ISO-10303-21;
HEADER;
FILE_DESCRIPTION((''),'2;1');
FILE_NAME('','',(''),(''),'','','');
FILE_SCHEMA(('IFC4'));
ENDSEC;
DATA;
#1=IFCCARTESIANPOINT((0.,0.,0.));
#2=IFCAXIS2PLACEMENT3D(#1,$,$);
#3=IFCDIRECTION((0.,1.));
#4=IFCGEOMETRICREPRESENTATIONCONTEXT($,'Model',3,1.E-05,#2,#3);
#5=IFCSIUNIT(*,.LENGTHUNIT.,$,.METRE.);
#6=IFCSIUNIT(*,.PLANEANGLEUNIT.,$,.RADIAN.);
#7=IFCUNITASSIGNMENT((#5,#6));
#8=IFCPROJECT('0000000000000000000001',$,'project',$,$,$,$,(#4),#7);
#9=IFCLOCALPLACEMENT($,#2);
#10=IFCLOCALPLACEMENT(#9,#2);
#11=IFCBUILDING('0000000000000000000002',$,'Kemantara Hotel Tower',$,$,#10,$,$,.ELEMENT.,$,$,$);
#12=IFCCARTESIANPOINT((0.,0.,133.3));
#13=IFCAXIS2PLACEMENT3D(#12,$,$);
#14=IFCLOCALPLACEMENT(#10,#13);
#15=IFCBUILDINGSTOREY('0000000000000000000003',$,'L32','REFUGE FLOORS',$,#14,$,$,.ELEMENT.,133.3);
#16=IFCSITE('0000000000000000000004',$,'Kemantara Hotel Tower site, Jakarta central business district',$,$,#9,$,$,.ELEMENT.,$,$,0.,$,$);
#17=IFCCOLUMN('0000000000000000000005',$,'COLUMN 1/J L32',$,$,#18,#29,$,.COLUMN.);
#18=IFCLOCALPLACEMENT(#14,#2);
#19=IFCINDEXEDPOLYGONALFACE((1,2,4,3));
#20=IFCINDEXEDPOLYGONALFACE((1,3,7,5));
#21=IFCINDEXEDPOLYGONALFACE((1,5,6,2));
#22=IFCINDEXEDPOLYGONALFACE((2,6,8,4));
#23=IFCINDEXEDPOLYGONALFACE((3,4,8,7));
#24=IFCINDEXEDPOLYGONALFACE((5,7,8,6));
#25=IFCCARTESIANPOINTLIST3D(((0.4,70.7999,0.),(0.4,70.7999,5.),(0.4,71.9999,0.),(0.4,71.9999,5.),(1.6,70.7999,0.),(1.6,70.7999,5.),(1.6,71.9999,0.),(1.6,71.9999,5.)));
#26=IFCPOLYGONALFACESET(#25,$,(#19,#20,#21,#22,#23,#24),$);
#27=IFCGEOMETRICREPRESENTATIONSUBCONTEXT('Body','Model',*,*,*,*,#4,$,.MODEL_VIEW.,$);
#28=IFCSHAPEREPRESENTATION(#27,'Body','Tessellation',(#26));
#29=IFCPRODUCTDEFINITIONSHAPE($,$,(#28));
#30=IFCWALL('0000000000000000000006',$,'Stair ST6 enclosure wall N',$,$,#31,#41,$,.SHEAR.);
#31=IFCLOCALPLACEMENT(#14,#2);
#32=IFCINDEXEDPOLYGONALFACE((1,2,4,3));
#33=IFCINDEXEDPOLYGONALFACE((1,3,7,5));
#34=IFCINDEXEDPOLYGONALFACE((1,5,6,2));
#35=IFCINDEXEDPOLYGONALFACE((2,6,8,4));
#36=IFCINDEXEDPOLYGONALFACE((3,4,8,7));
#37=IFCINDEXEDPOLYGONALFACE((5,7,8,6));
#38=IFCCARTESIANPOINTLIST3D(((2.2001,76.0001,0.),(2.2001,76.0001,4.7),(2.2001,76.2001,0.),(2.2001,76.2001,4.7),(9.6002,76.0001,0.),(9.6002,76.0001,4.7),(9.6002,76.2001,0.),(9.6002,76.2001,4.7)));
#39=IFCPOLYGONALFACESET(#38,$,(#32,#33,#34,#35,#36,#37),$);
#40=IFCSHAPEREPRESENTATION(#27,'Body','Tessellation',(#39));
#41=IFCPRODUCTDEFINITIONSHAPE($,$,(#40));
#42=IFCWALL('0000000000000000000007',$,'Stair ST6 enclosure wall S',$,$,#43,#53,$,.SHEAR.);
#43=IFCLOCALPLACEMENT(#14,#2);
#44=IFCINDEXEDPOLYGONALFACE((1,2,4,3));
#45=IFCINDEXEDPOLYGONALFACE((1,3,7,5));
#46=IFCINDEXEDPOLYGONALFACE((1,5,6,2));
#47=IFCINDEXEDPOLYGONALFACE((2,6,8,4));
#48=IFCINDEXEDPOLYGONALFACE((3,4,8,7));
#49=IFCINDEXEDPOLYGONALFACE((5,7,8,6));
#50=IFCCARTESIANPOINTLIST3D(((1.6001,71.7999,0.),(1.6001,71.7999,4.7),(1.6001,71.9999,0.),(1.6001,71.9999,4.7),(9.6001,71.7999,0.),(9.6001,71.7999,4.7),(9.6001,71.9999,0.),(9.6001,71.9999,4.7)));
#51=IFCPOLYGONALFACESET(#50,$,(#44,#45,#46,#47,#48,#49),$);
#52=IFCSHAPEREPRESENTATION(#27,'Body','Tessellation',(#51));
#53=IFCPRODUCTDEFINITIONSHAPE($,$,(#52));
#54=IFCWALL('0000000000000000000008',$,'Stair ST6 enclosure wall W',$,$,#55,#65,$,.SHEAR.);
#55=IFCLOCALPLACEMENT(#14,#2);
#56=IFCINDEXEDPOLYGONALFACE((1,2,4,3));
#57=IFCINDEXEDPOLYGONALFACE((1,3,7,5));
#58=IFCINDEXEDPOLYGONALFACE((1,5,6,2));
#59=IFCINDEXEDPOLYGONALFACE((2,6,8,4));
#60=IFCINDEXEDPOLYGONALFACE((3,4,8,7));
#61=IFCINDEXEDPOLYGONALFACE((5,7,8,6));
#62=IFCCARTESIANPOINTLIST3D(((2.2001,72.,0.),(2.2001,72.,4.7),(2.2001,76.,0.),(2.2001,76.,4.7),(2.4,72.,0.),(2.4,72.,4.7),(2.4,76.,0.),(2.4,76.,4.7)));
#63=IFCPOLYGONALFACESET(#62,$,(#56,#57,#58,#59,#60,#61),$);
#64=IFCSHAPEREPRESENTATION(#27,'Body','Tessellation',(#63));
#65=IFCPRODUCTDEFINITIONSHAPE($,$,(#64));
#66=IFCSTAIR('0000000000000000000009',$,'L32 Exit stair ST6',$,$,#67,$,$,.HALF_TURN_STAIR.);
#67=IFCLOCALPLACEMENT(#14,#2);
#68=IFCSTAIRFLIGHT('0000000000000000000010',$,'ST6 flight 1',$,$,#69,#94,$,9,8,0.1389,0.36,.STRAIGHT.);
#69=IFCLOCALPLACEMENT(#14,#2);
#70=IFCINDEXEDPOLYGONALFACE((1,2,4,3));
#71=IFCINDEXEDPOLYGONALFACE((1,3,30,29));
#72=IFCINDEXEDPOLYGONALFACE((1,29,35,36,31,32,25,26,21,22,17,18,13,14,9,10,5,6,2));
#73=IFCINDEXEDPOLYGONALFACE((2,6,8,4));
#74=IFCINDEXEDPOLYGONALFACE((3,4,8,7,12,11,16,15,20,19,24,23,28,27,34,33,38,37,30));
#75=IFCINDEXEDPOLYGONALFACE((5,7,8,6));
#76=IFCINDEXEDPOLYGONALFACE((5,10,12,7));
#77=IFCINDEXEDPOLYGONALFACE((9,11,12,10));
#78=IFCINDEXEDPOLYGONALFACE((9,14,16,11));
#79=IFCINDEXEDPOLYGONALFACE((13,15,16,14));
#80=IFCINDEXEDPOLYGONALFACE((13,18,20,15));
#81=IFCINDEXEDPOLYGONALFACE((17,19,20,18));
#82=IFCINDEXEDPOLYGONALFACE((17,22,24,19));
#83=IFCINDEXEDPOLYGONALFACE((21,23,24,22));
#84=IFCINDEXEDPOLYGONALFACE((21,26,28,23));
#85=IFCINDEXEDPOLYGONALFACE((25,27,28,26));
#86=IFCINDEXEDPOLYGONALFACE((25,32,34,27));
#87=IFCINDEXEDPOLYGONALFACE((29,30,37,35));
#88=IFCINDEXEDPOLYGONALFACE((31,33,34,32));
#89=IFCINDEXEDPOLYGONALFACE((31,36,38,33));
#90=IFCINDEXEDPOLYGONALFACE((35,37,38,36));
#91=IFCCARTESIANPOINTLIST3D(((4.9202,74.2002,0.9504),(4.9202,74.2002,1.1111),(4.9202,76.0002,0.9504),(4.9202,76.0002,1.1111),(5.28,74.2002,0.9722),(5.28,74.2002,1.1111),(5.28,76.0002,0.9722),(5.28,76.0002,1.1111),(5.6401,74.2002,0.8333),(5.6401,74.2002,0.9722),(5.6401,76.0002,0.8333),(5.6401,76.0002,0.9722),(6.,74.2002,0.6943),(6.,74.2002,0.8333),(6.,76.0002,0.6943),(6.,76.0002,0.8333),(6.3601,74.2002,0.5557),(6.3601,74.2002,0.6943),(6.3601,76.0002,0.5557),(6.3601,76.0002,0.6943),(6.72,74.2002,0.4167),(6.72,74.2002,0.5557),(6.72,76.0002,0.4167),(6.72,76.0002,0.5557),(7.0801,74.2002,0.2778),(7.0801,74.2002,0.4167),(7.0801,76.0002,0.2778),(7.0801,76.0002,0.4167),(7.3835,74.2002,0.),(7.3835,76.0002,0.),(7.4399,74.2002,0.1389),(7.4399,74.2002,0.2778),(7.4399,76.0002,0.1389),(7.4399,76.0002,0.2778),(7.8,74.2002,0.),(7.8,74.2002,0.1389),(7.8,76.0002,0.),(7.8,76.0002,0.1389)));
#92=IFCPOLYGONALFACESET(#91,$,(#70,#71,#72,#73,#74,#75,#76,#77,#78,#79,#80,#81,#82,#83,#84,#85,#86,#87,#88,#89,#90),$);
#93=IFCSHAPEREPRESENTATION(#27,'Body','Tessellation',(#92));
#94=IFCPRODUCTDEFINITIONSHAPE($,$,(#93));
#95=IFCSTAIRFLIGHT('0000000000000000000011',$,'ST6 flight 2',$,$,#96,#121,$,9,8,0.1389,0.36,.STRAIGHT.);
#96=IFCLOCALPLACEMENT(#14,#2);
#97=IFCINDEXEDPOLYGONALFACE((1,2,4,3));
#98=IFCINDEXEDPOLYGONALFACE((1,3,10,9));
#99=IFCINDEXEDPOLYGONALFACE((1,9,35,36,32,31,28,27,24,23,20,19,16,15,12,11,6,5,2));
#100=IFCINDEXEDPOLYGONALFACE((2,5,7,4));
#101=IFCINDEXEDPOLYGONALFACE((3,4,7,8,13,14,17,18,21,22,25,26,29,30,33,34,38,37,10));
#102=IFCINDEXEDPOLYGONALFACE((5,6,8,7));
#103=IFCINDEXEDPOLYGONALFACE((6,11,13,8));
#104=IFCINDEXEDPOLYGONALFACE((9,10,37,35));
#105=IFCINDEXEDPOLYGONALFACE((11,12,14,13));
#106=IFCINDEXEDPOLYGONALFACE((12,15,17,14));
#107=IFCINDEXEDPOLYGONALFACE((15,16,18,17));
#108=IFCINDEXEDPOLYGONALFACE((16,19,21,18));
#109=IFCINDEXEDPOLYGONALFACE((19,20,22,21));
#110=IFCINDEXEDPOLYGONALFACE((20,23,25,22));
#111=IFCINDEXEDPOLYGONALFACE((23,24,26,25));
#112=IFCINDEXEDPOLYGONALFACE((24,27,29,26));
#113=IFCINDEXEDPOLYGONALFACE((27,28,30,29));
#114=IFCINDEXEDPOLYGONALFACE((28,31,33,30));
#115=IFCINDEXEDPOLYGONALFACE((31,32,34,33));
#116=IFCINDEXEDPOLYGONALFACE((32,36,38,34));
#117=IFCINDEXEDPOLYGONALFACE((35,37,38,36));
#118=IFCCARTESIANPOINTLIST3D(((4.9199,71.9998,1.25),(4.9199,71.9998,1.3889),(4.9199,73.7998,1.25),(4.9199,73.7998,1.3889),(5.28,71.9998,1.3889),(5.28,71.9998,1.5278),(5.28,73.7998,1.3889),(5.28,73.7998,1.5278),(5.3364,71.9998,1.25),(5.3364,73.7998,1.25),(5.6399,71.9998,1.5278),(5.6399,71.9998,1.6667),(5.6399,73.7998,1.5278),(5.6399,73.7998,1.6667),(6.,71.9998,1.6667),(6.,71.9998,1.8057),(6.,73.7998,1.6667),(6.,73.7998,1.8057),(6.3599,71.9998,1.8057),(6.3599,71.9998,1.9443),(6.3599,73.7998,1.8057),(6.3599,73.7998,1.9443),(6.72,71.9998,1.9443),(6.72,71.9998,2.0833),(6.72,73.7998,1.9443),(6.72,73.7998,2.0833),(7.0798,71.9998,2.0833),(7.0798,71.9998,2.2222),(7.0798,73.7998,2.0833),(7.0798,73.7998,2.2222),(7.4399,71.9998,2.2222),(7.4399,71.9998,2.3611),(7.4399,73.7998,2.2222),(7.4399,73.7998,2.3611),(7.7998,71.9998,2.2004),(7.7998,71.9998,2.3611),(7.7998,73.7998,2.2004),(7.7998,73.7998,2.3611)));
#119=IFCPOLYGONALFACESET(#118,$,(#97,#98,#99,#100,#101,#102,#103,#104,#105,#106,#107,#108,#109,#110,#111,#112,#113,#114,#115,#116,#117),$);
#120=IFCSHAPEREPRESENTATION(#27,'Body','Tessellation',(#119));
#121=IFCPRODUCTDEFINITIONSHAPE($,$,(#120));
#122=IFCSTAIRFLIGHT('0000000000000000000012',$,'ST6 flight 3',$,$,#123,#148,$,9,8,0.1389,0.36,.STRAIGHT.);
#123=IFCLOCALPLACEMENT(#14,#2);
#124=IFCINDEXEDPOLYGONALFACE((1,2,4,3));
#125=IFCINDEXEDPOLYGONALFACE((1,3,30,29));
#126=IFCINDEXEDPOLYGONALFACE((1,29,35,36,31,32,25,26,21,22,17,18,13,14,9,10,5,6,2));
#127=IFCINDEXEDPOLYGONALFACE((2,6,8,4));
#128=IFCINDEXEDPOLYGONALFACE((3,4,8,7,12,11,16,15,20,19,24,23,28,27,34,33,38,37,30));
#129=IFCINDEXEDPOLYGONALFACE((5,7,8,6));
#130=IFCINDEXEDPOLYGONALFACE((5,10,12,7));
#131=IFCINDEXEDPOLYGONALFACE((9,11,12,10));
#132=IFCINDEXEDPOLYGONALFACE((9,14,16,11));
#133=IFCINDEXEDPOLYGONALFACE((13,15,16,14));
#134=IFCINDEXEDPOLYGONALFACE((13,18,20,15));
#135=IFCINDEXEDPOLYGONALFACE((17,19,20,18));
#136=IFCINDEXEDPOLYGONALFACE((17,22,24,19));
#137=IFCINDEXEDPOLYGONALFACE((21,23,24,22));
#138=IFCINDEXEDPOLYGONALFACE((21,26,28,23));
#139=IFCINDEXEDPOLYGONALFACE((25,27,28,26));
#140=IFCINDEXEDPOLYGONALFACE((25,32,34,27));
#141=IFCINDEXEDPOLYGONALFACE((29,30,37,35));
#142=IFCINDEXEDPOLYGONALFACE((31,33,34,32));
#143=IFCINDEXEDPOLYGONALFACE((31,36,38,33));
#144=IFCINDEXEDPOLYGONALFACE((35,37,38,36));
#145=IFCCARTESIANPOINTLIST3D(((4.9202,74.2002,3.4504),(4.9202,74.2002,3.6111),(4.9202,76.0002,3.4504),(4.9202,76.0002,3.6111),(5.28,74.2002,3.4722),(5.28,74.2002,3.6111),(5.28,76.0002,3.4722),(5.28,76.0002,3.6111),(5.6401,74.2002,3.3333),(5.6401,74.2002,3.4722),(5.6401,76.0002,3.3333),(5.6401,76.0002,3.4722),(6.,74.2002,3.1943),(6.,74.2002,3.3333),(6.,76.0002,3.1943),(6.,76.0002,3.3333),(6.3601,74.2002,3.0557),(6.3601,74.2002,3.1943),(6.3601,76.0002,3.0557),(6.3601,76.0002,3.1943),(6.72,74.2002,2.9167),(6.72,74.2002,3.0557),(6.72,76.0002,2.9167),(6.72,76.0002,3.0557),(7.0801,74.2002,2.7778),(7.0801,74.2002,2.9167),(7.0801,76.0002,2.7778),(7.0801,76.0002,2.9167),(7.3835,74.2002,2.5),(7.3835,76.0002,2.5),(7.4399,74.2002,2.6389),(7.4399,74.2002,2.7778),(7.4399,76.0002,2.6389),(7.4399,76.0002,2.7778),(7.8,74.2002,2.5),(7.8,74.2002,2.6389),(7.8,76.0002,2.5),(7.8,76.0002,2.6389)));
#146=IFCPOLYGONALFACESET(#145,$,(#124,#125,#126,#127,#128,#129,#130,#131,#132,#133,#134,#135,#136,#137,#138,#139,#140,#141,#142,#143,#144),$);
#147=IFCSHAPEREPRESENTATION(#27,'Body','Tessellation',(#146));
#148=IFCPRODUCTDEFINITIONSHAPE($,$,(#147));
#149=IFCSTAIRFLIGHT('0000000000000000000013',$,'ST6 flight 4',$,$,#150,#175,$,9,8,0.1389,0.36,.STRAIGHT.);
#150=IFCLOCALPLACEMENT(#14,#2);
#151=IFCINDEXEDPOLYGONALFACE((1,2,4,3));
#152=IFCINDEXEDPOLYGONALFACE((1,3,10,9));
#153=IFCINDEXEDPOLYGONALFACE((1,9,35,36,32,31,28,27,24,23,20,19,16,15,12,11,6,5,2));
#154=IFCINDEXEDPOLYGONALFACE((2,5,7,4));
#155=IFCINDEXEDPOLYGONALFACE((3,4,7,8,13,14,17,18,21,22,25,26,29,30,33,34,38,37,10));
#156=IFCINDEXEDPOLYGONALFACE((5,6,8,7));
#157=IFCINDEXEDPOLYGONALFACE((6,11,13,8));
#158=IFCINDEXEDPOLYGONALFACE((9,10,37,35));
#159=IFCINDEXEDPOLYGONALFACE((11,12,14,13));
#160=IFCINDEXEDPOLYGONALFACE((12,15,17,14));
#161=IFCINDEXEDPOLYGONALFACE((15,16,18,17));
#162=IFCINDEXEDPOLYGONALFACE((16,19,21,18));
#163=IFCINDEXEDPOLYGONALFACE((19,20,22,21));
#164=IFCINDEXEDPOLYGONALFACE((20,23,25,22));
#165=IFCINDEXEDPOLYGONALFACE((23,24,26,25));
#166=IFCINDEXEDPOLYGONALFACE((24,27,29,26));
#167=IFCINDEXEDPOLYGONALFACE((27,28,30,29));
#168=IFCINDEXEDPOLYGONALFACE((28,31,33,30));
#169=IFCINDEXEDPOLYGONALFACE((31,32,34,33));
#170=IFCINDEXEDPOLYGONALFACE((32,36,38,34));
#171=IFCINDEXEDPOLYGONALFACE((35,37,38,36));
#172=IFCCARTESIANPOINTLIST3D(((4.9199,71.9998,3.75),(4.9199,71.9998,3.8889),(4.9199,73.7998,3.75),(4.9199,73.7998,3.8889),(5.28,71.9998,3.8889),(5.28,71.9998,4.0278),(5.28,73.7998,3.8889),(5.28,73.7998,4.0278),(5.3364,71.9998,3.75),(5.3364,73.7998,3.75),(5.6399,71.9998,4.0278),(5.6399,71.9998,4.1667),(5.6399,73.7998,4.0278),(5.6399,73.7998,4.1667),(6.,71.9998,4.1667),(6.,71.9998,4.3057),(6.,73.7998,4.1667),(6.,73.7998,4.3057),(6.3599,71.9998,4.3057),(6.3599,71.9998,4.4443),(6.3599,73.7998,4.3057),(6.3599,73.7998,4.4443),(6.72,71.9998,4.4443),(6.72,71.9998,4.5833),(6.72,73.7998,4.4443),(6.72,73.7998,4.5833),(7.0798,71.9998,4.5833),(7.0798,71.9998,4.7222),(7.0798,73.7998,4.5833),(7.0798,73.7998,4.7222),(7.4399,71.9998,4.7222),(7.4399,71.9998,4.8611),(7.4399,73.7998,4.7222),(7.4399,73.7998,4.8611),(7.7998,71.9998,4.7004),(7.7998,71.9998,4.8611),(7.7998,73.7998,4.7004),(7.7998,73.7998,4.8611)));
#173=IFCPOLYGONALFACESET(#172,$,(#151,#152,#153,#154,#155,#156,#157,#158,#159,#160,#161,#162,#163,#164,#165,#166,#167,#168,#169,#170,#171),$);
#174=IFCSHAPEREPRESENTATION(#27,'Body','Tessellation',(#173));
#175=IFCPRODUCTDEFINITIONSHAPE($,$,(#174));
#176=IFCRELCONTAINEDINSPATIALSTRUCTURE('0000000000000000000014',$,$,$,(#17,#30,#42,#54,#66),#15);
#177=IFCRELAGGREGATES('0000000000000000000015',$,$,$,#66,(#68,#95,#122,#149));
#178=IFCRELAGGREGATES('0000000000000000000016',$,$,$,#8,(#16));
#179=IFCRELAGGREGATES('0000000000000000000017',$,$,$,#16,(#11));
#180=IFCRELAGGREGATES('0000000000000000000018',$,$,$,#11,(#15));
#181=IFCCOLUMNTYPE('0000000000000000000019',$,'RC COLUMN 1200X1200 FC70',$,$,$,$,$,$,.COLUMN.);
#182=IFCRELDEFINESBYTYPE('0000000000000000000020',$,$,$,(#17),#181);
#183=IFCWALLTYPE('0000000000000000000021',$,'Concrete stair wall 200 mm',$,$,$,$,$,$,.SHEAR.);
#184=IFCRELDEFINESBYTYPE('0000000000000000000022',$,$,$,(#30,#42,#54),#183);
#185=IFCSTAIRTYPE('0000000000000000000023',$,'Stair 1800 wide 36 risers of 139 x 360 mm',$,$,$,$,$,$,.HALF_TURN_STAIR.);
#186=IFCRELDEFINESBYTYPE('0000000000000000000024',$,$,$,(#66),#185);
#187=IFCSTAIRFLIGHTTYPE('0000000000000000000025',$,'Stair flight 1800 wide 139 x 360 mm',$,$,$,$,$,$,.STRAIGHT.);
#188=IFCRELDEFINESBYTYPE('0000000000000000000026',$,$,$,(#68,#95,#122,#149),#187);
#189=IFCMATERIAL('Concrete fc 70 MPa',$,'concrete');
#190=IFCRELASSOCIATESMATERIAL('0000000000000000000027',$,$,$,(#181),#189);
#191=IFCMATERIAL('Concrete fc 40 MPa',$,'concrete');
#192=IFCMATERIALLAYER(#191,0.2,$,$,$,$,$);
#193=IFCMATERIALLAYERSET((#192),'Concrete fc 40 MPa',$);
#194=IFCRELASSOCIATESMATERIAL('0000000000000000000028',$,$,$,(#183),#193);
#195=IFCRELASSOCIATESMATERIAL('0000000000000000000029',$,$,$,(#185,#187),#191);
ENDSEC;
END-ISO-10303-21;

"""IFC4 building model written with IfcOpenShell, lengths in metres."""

from ifc_helpers import new_model, si_unit, direction, frame, frame_2d, origin, origin_2d, place, context, subcontext, project, spatial, polyline, rectangle, outline, extrude, material, layer, layer_set, material_profile, profile_set, type_object, element, aggregate, save


model = new_model("IFC4")

# Units and contexts
model_context = context("Model", 3, precision=1e-05, world=origin(), true_north=direction((0.0, 1.0)))
body_context = subcontext(model_context, "Body", "Model", "MODEL_VIEW")
ifc_project = project(units=[si_unit("LENGTHUNIT", "METRE"), si_unit("PLANEANGLEUNIT", "RADIAN")], contexts=[model_context])

# Site, building, storey
site_placement = place(None, origin())
site = spatial("IfcSite", under=ifc_project, at=site_placement, Name="Kemantara Hotel Tower site, Jakarta central business district", CompositionType="ELEMENT", RefElevation=0.0)
building_placement = place(site_placement, origin())
building = spatial("IfcBuilding", under=site, at=building_placement, Name="Kemantara Hotel Tower", CompositionType="ELEMENT")
storey_placement = place(building_placement, frame((0.0, 0.0, 133.3)))
storey = spatial("IfcBuildingStorey", under=building, at=storey_placement, Name="L32", Description="REFUGE FLOORS", CompositionType="ELEMENT", Elevation=133.3)

# Column
ifc_material_1 = material(Name="Concrete fc 70 MPa", Category="concrete")
ifc_material_profile = material_profile(ifc_material_1, rectangle(XDim=1.2, YDim=1.2, at=origin_2d()), Name="RC 1200X1200")
ifc_profile_set = profile_set([ifc_material_profile], Name="Concrete fc 70 MPa")
column_type = type_object("IfcColumnType", Name="RC COLUMN 1200X1200 FC70", PredefinedType="COLUMN", material=ifc_profile_set)
column_placement = place(storey_placement, frame((1.0, 71.3999, 0.0), z_axis=(0.0, 0.0, 1.0), x_axis=(1.0, 0.0, 0.0)))
element("IfcColumn", 1, at=column_placement, inside=storey, type_object=column_type, Name="COLUMN 1/J L32", PredefinedType="COLUMN", context=body_context, shape_type="SweptSolid", body=[
    extrude(rectangle(XDim=1.2, YDim=1.2, at=origin_2d()), origin(), (0.0, 0.0, 1.0), 5.0),
])

# Walls
ifc_material_2 = material(Name="Concrete fc 40 MPa", Category="concrete")
ifc_layer_1 = layer(ifc_material_2, 0.2)
ifc_layer_set_1 = layer_set([ifc_layer_1], Name="Concrete fc 40 MPa")
wall_type = type_object("IfcWallType", Name="Concrete stair wall 200 mm", PredefinedType="SHEAR", material=ifc_layer_set_1)
wall_1_placement = place(storey_placement, frame((2.2, 76.1001, 0.0), z_axis=(0.0, 0.0, 1.0), x_axis=(1.0, 0.0, 0.0)))
element("IfcWall", 2, at=wall_1_placement, inside=storey, type_object=wall_type, Name="Stair ST6 enclosure wall N", PredefinedType="SHEAR", context=body_context, shape_type="SweptSolid", body=[
    extrude(rectangle(XDim=7.4001, YDim=0.2, at=frame_2d((3.7002, 0.0))), origin(), (0.0, 0.0, 1.0), 4.7),
])
wall_2_placement = place(storey_placement, frame((1.6001, 71.8999, 0.0), z_axis=(0.0, 0.0, 1.0), x_axis=(1.0, 0.0, 0.0)))
element("IfcWall", 3, at=wall_2_placement, inside=storey, type_object=wall_type, Name="Stair ST6 enclosure wall S", PredefinedType="SHEAR", context=body_context, shape_type="SweptSolid", body=[
    extrude(rectangle(XDim=8.0, YDim=0.2, at=frame_2d((4.0, 0.0))), origin(), (0.0, 0.0, 1.0), 4.7),
])
wall_3_placement = place(storey_placement, frame((2.3, 72.0, 0.0), z_axis=(0.0, 0.0, 1.0), x_axis=(0.0, 1.0, 0.0)))
element("IfcWall", 4, at=wall_3_placement, inside=storey, type_object=wall_type, Name="Stair ST6 enclosure wall W", PredefinedType="SHEAR", context=body_context, shape_type="SweptSolid", body=[
    extrude(rectangle(XDim=4.0, YDim=0.2, at=frame_2d((2.0, 0.0))), origin(), (0.0, 0.0, 1.0), 4.7),
])

# Stair, stair flights
stair_type = type_object("IfcStairType", Name="Stair 1800 wide 36 risers of 139 x 360 mm", PredefinedType="HALF_TURN_STAIR", material=ifc_material_2)
stair_placement = place(storey_placement, origin())
stair = element("IfcStair", 5, at=stair_placement, inside=storey, type_object=stair_type, Name="L32 Exit stair ST6", PredefinedType="HALF_TURN_STAIR")
stair_flight_type = type_object("IfcStairFlightType", Name="Stair flight 1800 wide 139 x 360 mm", PredefinedType="STRAIGHT", material=ifc_material_2)
stair_flight_1_placement = place(storey_placement, frame((7.8, 75.1001, 0.0), z_axis=(0.0, 0.0, 1.0), x_axis=(-1.0, 0.0, 0.0)))
stair_flight_1 = element("IfcStairFlight", 6, at=stair_flight_1_placement, type_object=stair_flight_type, Name="ST6 flight 1", NumberOfRisers=9, NumberOfTreads=8, PredefinedType="STRAIGHT", RiserHeight=0.1389, TreadLength=0.36, context=body_context, shape_type="SweptSolid", body=[
    extrude(outline(polyline([(0.0, 0.0), (0.0, 0.1389), (0.3601, 0.1389), (0.3601, 0.2778), (0.72, 0.2778), (0.72, 0.4167), (1.0801, 0.4167), (1.0801, 0.5557), (1.4399, 0.5557), (1.4399, 0.6943), (1.8, 0.6943), (1.8, 0.8333), (2.1599, 0.8333), (2.1599, 0.9722), (2.52, 0.9722), (2.52, 1.1111), (2.8799, 1.1111), (2.8799, 1.25), (2.8799, 0.9504), (0.4165, 0.0), (0.0, 0.0)])), frame((0.0, 0.8999, 0.0), z_axis=(0.0, -1.0, 0.0), x_axis=(1.0, 0.0, 0.0)), (0.0, 0.0, 1.0), 1.8),
])
stair_flight_2_placement = place(storey_placement, frame((4.9199, 72.8999, 1.25), z_axis=(0.0, 0.0, 1.0), x_axis=(1.0, 0.0, 0.0)))
stair_flight_2 = element("IfcStairFlight", 7, at=stair_flight_2_placement, type_object=stair_flight_type, Name="ST6 flight 2", NumberOfRisers=9, NumberOfTreads=8, PredefinedType="STRAIGHT", RiserHeight=0.1389, TreadLength=0.36, context=body_context, shape_type="SweptSolid", body=[
    extrude(outline(polyline([(0.0, 0.0), (0.0, 0.1389), (0.3601, 0.1389), (0.3601, 0.2778), (0.72, 0.2778), (0.72, 0.4167), (1.0801, 0.4167), (1.0801, 0.5557), (1.4399, 0.5557), (1.4399, 0.6943), (1.8, 0.6943), (1.8, 0.8333), (2.1599, 0.8333), (2.1599, 0.9722), (2.52, 0.9722), (2.52, 1.1111), (2.8799, 1.1111), (2.8799, 1.25), (2.8799, 0.9504), (0.4165, 0.0), (0.0, 0.0)])), frame((0.0, 0.8999, 0.0), z_axis=(0.0, -1.0, 0.0), x_axis=(1.0, 0.0, 0.0)), (0.0, 0.0, 1.0), 1.8),
])
stair_flight_3_placement = place(storey_placement, frame((7.8, 75.1001, 2.5), z_axis=(0.0, 0.0, 1.0), x_axis=(-1.0, 0.0, 0.0)))
stair_flight_3 = element("IfcStairFlight", 8, at=stair_flight_3_placement, type_object=stair_flight_type, Name="ST6 flight 3", NumberOfRisers=9, NumberOfTreads=8, PredefinedType="STRAIGHT", RiserHeight=0.1389, TreadLength=0.36, context=body_context, shape_type="SweptSolid", body=[
    extrude(outline(polyline([(0.0, 0.0), (0.0, 0.1389), (0.3601, 0.1389), (0.3601, 0.2778), (0.72, 0.2778), (0.72, 0.4167), (1.0801, 0.4167), (1.0801, 0.5557), (1.4399, 0.5557), (1.4399, 0.6943), (1.8, 0.6943), (1.8, 0.8333), (2.1599, 0.8333), (2.1599, 0.9722), (2.52, 0.9722), (2.52, 1.1111), (2.8799, 1.1111), (2.8799, 1.25), (2.8799, 0.9504), (0.4165, 0.0), (0.0, 0.0)])), frame((0.0, 0.8999, 0.0), z_axis=(0.0, -1.0, 0.0), x_axis=(1.0, 0.0, 0.0)), (0.0, 0.0, 1.0), 1.8),
])
stair_flight_4_placement = place(storey_placement, frame((4.9199, 72.8999, 3.75), z_axis=(0.0, 0.0, 1.0), x_axis=(1.0, 0.0, 0.0)))
stair_flight_4 = element("IfcStairFlight", 9, at=stair_flight_4_placement, type_object=stair_flight_type, Name="ST6 flight 4", NumberOfRisers=9, NumberOfTreads=8, PredefinedType="STRAIGHT", RiserHeight=0.1389, TreadLength=0.36, context=body_context, shape_type="SweptSolid", body=[
    extrude(outline(polyline([(0.0, 0.0), (0.0, 0.1389), (0.3601, 0.1389), (0.3601, 0.2778), (0.72, 0.2778), (0.72, 0.4167), (1.0801, 0.4167), (1.0801, 0.5557), (1.4399, 0.5557), (1.4399, 0.6943), (1.8, 0.6943), (1.8, 0.8333), (2.1599, 0.8333), (2.1599, 0.9722), (2.52, 0.9722), (2.52, 1.1111), (2.8799, 1.1111), (2.8799, 1.25), (2.8799, 0.9504), (0.4165, 0.0), (0.0, 0.0)])), frame((0.0, 0.8999, 0.0), z_axis=(0.0, -1.0, 0.0), x_axis=(1.0, 0.0, 0.0)), (0.0, 0.0, 1.0), 1.8),
])
aggregate(stair, [stair_flight_1, stair_flight_2, stair_flight_3, stair_flight_4])

save(model, "model.ifc")
